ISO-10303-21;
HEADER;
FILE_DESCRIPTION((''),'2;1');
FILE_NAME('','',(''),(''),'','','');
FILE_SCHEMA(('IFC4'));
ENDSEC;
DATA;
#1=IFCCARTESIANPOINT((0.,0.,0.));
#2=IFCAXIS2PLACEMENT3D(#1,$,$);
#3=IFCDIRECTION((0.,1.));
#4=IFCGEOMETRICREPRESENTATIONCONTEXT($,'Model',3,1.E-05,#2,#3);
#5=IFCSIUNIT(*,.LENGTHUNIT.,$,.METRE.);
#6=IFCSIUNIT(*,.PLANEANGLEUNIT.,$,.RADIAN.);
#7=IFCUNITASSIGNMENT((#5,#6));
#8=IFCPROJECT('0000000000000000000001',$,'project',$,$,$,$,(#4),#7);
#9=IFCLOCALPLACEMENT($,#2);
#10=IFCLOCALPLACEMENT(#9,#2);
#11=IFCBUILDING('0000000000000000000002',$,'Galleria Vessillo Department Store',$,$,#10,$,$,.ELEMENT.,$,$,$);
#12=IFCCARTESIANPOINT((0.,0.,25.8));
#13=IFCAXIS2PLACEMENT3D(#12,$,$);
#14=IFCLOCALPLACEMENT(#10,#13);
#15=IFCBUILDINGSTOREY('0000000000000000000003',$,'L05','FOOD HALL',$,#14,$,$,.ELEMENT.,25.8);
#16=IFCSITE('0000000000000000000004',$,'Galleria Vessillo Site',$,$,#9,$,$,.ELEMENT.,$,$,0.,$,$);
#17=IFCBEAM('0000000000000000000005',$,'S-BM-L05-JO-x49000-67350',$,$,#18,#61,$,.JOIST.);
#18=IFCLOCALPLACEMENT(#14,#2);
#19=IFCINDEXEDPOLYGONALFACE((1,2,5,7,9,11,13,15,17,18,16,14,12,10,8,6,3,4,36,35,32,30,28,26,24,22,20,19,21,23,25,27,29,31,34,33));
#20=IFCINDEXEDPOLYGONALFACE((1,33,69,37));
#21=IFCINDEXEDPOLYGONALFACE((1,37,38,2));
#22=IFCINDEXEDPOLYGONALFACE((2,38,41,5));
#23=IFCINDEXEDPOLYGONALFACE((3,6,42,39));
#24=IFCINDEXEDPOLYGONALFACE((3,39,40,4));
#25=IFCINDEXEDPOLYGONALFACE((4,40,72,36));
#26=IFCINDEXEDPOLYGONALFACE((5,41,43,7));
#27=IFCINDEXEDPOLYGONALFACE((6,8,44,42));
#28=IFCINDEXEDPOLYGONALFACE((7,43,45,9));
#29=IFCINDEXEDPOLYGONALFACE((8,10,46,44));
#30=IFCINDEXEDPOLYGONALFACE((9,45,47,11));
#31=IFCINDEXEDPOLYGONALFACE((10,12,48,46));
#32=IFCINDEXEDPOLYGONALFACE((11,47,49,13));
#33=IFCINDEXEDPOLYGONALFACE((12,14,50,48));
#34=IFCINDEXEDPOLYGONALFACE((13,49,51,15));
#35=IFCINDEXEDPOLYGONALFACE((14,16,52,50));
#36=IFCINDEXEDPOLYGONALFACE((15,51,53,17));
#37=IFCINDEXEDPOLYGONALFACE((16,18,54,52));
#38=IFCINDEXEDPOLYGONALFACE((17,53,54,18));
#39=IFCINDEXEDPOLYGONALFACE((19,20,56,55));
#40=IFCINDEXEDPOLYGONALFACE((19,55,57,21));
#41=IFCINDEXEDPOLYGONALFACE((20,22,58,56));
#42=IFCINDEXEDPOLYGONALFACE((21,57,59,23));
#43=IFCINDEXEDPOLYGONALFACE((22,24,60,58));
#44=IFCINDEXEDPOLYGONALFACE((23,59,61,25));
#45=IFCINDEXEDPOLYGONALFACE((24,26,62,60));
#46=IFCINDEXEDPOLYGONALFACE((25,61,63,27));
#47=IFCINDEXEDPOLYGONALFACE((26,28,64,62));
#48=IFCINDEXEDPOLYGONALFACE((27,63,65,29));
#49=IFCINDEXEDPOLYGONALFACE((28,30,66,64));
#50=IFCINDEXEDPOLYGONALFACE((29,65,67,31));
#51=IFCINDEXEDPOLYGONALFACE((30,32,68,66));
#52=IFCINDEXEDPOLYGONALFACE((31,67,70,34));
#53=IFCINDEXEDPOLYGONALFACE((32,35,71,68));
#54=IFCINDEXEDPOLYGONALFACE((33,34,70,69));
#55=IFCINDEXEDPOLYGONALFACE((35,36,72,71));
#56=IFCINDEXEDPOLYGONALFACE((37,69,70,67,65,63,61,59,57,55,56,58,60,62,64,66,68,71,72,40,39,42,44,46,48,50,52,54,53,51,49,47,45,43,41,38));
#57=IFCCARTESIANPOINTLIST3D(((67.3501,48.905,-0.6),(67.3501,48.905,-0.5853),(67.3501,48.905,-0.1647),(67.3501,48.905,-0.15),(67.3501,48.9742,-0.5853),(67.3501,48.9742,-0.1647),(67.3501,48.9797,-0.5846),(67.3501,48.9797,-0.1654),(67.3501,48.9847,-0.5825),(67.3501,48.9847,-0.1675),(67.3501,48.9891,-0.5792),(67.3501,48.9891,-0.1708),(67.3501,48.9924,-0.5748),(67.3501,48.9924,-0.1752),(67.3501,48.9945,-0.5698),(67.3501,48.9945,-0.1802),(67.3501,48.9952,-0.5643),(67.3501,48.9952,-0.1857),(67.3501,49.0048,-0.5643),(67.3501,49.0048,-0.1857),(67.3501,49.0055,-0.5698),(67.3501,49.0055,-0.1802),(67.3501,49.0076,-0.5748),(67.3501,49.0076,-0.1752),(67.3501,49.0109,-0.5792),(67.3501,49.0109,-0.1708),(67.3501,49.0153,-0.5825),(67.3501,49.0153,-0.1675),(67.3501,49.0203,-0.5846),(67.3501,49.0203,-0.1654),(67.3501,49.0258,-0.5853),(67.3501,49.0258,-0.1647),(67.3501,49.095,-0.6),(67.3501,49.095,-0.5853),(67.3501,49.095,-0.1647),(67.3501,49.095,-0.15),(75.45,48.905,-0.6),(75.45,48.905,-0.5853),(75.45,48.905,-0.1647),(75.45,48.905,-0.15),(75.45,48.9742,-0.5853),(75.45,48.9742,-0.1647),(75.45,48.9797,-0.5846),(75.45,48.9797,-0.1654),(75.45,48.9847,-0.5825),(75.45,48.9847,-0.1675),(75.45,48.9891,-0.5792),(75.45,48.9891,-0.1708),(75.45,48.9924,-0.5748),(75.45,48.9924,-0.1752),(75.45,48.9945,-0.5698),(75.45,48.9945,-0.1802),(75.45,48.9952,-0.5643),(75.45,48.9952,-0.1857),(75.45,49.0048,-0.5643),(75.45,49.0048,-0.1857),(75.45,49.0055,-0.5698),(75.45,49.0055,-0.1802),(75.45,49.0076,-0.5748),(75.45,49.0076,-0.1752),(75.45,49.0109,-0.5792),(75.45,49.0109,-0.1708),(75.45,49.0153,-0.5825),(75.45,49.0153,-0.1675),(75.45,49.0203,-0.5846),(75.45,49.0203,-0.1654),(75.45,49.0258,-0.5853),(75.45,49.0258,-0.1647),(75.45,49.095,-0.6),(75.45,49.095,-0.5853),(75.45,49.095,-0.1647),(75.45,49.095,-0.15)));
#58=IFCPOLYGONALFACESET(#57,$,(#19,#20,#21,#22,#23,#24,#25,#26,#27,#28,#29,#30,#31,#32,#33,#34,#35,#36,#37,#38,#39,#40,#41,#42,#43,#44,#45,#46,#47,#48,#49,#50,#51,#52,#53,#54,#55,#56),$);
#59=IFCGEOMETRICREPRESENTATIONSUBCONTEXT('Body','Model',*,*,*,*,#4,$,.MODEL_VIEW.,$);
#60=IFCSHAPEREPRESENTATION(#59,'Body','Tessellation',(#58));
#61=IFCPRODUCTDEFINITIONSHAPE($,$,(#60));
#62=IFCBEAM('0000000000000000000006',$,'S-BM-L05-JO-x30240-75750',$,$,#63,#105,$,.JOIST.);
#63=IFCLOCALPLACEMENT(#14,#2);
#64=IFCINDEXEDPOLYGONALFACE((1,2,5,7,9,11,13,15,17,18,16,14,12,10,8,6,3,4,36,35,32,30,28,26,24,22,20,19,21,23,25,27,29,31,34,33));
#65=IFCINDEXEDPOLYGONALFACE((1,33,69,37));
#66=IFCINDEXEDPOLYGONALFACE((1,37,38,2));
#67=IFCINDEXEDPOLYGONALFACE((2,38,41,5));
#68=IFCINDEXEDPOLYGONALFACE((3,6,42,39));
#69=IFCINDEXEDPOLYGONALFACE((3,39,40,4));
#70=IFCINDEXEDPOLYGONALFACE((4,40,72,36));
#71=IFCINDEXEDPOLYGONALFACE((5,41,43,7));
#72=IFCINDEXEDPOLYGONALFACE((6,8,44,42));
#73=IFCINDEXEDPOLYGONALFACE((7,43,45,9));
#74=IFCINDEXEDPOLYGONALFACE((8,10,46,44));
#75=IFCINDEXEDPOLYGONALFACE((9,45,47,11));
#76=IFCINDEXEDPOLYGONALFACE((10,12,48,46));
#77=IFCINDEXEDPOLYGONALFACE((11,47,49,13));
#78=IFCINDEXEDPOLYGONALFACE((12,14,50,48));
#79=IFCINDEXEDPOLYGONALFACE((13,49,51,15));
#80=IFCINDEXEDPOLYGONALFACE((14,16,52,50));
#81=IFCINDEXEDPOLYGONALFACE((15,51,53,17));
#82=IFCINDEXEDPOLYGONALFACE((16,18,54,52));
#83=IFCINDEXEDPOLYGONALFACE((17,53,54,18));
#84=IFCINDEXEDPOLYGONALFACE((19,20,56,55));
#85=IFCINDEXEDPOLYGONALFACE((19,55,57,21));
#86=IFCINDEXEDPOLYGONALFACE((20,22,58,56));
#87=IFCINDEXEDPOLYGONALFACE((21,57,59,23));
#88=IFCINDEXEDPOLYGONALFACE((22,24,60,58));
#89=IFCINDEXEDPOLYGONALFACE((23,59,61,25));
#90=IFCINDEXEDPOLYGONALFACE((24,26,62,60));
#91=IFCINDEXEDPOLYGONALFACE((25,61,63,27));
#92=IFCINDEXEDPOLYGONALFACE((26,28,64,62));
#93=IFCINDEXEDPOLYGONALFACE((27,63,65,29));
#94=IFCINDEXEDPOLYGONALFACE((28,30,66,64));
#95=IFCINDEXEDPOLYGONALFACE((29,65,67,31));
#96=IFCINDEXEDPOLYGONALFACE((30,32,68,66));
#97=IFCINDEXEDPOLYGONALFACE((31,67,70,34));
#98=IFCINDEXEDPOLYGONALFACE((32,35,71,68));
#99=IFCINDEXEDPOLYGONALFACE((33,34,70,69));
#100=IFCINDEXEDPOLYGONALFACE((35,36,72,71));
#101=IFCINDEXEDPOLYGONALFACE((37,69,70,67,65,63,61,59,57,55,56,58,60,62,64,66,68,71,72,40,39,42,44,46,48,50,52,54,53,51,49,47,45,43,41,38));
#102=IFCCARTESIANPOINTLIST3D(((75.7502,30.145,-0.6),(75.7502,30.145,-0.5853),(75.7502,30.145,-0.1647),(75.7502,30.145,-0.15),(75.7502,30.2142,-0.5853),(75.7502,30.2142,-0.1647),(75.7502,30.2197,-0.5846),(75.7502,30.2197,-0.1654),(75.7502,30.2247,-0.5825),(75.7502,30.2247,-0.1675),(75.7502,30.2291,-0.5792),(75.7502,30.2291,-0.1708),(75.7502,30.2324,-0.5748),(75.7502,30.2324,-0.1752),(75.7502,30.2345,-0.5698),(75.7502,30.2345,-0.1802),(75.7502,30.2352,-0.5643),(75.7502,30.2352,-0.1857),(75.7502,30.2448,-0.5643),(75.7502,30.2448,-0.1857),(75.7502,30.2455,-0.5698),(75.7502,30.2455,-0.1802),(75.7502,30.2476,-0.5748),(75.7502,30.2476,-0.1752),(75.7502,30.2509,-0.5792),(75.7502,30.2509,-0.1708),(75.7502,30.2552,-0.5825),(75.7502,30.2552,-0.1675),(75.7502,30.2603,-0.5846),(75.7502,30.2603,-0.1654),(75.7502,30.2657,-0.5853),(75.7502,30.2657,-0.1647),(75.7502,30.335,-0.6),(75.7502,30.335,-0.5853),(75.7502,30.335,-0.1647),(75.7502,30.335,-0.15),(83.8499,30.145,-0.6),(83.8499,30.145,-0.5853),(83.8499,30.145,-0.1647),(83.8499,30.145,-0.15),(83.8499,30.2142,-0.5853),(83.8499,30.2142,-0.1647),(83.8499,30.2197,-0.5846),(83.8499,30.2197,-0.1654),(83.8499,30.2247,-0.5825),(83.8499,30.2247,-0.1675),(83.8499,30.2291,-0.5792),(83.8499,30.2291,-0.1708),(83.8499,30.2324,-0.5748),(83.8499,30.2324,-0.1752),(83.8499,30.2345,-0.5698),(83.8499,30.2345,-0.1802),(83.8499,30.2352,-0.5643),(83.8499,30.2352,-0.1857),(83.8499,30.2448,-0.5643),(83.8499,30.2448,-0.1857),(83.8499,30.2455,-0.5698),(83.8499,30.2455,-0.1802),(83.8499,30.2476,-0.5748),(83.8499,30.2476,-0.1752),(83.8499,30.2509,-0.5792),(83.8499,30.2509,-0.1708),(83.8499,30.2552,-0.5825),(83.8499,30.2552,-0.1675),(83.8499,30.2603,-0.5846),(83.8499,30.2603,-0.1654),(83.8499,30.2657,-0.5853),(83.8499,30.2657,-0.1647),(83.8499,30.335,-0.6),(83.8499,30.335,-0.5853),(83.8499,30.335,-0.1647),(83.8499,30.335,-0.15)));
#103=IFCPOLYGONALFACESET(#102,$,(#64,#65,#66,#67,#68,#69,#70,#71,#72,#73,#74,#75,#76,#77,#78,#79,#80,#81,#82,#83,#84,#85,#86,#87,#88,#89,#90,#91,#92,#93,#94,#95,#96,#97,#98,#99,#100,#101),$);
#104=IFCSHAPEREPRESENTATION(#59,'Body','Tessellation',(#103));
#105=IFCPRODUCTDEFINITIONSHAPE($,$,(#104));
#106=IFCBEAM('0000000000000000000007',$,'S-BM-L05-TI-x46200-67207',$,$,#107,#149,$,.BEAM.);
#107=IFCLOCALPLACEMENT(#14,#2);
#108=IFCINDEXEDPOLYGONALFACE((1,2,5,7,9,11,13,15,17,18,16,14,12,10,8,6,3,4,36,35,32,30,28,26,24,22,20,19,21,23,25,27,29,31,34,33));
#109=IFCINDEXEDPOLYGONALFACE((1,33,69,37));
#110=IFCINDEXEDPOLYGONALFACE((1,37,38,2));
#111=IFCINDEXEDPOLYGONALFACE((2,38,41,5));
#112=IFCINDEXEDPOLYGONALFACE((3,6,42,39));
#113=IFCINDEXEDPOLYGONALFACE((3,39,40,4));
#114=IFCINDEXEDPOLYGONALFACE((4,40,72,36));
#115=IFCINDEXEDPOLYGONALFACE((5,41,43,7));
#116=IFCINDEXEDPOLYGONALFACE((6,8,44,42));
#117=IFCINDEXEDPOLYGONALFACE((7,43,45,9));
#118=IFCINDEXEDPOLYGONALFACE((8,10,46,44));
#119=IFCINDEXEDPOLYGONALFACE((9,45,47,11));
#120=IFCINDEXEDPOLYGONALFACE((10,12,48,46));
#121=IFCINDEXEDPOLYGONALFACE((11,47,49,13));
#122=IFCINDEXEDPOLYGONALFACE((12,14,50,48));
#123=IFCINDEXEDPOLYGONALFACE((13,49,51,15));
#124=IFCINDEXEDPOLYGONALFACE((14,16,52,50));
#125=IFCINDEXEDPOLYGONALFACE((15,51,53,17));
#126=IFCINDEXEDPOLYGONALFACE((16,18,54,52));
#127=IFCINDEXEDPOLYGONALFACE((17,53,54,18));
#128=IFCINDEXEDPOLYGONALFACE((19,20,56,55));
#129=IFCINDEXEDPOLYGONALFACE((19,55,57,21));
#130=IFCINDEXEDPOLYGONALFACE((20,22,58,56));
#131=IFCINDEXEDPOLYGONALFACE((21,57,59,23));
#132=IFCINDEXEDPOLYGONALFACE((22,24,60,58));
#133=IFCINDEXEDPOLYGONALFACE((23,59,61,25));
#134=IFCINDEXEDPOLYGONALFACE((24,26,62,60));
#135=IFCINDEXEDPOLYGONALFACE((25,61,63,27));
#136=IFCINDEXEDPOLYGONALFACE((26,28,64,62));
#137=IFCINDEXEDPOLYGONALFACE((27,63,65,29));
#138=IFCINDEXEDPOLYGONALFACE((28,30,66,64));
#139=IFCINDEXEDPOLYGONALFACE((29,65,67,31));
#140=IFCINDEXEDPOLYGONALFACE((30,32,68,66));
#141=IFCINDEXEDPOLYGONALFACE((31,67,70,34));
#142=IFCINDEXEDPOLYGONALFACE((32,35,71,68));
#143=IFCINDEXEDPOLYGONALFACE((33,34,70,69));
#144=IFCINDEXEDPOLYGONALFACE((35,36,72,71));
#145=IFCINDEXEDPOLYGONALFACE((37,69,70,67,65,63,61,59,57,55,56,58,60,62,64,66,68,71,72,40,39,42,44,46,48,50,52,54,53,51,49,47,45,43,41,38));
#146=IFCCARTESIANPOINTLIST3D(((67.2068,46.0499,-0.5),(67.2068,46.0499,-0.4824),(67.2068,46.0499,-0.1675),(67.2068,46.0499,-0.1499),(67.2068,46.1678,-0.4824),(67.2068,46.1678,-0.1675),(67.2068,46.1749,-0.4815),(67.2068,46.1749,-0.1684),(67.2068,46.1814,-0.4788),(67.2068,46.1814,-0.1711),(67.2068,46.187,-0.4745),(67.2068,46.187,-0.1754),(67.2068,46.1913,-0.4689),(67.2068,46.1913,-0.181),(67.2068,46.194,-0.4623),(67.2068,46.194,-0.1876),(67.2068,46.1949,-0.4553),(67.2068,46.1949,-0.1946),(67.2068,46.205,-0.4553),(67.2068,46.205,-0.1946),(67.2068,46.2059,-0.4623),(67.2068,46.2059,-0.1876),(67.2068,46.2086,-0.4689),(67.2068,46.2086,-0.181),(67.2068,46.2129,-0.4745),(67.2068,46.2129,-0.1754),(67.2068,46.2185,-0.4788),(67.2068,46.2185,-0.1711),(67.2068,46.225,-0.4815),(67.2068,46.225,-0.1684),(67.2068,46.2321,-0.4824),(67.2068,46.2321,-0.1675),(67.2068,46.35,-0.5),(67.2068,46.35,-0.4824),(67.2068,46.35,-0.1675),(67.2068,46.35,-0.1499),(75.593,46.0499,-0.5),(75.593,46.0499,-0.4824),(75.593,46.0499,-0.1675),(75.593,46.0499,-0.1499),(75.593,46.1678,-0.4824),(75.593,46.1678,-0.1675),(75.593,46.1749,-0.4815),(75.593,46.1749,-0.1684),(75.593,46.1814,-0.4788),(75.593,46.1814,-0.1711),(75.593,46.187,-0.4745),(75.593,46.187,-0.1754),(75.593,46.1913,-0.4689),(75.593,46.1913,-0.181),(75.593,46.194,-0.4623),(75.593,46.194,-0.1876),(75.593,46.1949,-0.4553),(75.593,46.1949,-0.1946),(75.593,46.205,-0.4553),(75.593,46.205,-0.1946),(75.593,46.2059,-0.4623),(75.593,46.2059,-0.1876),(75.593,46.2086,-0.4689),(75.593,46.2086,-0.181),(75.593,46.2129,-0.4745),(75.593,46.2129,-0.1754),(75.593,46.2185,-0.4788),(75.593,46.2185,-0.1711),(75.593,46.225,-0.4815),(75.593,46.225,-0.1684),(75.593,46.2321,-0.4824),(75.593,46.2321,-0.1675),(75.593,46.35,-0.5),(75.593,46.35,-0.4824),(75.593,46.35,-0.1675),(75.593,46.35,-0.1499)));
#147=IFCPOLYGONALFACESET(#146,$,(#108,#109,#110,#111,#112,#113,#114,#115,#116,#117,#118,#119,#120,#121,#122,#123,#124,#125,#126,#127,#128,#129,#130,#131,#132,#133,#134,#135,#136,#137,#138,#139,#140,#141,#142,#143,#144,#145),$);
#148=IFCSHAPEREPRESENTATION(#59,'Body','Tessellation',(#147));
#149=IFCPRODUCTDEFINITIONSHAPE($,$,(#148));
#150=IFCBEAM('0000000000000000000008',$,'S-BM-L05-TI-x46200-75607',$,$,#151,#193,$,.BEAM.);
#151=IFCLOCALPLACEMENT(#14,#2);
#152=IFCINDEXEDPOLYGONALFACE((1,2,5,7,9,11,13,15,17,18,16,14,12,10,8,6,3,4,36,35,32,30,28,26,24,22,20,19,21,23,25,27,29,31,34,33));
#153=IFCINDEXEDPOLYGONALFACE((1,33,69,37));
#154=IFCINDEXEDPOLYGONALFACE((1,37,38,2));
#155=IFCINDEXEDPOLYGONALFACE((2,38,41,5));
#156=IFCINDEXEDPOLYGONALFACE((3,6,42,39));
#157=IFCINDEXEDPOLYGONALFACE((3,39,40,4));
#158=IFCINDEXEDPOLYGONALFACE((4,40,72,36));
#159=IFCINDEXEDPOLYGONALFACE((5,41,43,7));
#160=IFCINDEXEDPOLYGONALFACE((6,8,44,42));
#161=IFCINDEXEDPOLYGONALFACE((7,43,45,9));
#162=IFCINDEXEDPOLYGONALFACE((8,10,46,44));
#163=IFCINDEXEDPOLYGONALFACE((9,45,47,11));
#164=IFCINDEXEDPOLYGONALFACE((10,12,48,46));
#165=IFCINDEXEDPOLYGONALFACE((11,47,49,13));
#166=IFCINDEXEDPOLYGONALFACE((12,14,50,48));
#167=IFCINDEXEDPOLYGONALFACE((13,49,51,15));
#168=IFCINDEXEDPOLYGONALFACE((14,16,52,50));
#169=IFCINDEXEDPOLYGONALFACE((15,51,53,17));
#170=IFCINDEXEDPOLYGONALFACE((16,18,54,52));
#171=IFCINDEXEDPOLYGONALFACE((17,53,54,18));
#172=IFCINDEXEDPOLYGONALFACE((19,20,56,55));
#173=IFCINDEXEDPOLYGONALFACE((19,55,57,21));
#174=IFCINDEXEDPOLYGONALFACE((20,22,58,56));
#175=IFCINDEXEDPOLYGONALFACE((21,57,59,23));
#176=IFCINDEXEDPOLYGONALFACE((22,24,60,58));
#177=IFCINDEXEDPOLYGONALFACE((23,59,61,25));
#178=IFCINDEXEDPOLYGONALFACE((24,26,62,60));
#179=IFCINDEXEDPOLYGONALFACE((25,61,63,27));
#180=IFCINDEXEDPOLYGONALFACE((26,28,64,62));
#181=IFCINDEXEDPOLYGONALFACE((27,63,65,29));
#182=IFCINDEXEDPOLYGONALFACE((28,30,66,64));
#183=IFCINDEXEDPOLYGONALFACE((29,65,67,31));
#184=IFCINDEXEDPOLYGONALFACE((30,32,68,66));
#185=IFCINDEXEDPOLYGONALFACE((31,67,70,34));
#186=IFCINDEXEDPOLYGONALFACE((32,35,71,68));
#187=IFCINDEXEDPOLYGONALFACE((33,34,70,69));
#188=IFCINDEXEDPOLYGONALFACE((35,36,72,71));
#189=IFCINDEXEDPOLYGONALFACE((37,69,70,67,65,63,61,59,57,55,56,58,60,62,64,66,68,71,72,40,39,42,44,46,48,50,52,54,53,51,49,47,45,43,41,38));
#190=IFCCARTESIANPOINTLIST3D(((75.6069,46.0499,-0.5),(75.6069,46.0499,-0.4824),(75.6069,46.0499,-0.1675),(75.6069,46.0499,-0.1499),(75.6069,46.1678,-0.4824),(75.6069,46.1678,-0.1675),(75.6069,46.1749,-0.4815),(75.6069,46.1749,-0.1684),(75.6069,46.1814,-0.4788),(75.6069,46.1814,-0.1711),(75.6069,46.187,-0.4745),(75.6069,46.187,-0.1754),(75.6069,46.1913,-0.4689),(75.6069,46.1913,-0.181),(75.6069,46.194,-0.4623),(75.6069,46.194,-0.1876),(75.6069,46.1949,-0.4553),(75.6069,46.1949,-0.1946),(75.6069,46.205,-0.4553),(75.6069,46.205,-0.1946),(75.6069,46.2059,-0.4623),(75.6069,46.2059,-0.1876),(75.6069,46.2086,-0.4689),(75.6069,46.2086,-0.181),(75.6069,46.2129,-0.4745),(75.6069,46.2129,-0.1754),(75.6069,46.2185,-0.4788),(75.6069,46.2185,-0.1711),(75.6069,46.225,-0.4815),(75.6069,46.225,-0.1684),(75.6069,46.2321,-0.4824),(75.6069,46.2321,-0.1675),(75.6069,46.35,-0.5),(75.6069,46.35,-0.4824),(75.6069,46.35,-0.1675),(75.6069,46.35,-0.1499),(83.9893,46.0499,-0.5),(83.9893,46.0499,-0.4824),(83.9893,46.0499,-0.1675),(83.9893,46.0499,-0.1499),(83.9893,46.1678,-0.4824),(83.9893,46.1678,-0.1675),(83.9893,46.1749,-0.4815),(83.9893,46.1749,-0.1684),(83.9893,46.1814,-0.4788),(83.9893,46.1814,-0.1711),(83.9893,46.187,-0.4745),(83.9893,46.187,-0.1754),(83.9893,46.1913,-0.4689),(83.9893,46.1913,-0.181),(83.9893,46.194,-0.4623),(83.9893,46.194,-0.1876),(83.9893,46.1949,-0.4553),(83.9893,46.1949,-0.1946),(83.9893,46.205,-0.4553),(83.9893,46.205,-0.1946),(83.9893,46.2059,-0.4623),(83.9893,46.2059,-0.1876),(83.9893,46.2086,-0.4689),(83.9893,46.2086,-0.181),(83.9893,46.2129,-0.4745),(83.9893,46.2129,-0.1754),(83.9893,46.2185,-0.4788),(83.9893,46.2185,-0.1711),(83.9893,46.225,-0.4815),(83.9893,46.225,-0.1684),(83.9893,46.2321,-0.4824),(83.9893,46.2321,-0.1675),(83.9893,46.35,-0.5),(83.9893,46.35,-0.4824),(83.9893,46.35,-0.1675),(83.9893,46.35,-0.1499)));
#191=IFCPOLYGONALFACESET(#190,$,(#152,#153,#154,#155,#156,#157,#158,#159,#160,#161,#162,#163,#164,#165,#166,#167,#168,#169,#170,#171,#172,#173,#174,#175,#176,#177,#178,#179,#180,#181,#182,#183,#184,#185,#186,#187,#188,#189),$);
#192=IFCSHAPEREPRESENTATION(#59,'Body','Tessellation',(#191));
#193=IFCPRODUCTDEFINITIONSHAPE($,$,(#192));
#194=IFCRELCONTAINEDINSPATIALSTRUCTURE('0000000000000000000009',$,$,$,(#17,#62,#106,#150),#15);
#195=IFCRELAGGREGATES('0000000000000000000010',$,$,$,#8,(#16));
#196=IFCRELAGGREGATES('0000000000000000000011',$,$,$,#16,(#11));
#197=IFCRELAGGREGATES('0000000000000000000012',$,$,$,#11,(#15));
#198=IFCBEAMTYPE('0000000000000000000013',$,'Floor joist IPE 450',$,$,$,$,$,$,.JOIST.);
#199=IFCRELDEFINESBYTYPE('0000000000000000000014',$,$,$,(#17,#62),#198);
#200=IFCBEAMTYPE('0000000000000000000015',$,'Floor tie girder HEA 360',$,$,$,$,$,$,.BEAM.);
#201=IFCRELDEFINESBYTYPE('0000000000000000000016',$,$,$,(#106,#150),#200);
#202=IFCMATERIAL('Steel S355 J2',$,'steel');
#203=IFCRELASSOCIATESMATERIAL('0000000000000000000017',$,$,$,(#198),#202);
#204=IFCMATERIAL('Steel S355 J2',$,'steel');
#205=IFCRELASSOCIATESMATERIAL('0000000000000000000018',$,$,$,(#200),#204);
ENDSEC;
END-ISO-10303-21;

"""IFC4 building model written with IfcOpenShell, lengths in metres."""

from ifc_helpers import new_model, si_unit, direction, frame, origin, origin_2d, place, context, subcontext, project, spatial, i_section, extrude, material, material_profile, profile_set, type_object, element, save


model = new_model("IFC4")

# Units and contexts
model_context = context("Model", 3, precision=1e-05, world=origin(), true_north=direction((0.0, 1.0)))
body_context = subcontext(model_context, "Body", "Model", "MODEL_VIEW")
ifc_project = project(units=[si_unit("LENGTHUNIT", "METRE"), si_unit("PLANEANGLEUNIT", "RADIAN")], contexts=[model_context])

# Site, building, storey
site_placement = place(None, origin())
site = spatial("IfcSite", under=ifc_project, at=site_placement, Name="Galleria Vessillo Site", CompositionType="ELEMENT", RefElevation=0.0)
building_placement = place(site_placement, origin())
building = spatial("IfcBuilding", under=site, at=building_placement, Name="Galleria Vessillo Department Store", CompositionType="ELEMENT")
storey_placement = place(building_placement, frame((0.0, 0.0, 25.8)))
storey = spatial("IfcBuildingStorey", under=building, at=storey_placement, Name="L05", Description="FOOD HALL", CompositionType="ELEMENT", Elevation=25.8)

# Beams
ifc_material_1 = material(Name="Steel S355 J2", Category="steel")
ifc_material_profile_1 = material_profile(ifc_material_1, i_section(OverallWidth=0.1899, OverallDepth=0.45, WebThickness=0.0095, FlangeThickness=0.0146, FilletRadius=0.021, at=origin_2d()), Name="IPE 450")
ifc_profile_set_1 = profile_set([ifc_material_profile_1], Name="Steel S355 J2")
beam_type_1 = type_object("IfcBeamType", Name="Floor joist IPE 450", PredefinedType="JOIST", material=ifc_profile_set_1)
for number, where, z_axis, x_axis, name in (
    (1, (67.3501, 49.0, -0.375), (1.0, 0.0, 0.0), (0.0, 1.0, 0.0), "S-BM-L05-JO-x49000-67350"),
):
    element("IfcBeam", number, at=place(storey_placement, frame(where, z_axis=z_axis, x_axis=x_axis)), inside=storey, type_object=beam_type_1, Name=name, PredefinedType="JOIST", context=body_context, shape_type="SweptSolid", body=[
        extrude(i_section(OverallWidth=0.1899, OverallDepth=0.45, WebThickness=0.0095, FlangeThickness=0.0146, FilletRadius=0.021, at=origin_2d()), origin(), (0.0, 0.0, 1.0), 8.0999),
    ])
beam_1_placement = place(storey_placement, frame((75.7502, 30.24, -0.375), z_axis=(1.0, 0.0, 0.0), x_axis=(0.0, 1.0, 0.0)))
element("IfcBeam", 2, at=beam_1_placement, inside=storey, type_object=beam_type_1, Name="S-BM-L05-JO-x30240-75750", PredefinedType="JOIST", context=body_context, shape_type="SweptSolid", body=[
    extrude(i_section(OverallWidth=0.1899, OverallDepth=0.45, WebThickness=0.0095, FlangeThickness=0.0146, FilletRadius=0.021, at=origin_2d()), origin(), (0.0, 0.0, 1.0), 8.0996),
])
ifc_material_2 = material(Name="Steel S355 J2", Category="steel")
ifc_material_profile_2 = material_profile(ifc_material_2, i_section(OverallWidth=0.3, OverallDepth=0.3501, WebThickness=0.01, FlangeThickness=0.0176, FilletRadius=0.0271, at=origin_2d()), Name="HEA 360")
ifc_profile_set_2 = profile_set([ifc_material_profile_2], Name="Steel S355 J2")
beam_type_2 = type_object("IfcBeamType", Name="Floor tie girder HEA 360", PredefinedType="BEAM", material=ifc_profile_set_2)
beam_2_placement = place(storey_placement, frame((67.2068, 46.2, -0.325), z_axis=(1.0, 0.0, 0.0), x_axis=(0.0, 1.0, 0.0)))
element("IfcBeam", 3, at=beam_2_placement, inside=storey, type_object=beam_type_2, Name="S-BM-L05-TI-x46200-67207", PredefinedType="BEAM", context=body_context, shape_type="SweptSolid", body=[
    extrude(i_section(OverallWidth=0.3, OverallDepth=0.3501, WebThickness=0.01, FlangeThickness=0.0176, FilletRadius=0.0271, at=origin_2d()), origin(), (0.0, 0.0, 1.0), 8.3862),
])
beam_3_placement = place(storey_placement, frame((75.6069, 46.2, -0.325), z_axis=(1.0, 0.0, 0.0), x_axis=(0.0, 1.0, 0.0)))
element("IfcBeam", 4, at=beam_3_placement, inside=storey, type_object=beam_type_2, Name="S-BM-L05-TI-x46200-75607", PredefinedType="BEAM", context=body_context, shape_type="SweptSolid", body=[
    extrude(i_section(OverallWidth=0.3, OverallDepth=0.3501, WebThickness=0.01, FlangeThickness=0.0176, FilletRadius=0.0271, at=origin_2d()), origin(), (0.0, 0.0, 1.0), 8.3823),
])

save(model, "model.ifc")
